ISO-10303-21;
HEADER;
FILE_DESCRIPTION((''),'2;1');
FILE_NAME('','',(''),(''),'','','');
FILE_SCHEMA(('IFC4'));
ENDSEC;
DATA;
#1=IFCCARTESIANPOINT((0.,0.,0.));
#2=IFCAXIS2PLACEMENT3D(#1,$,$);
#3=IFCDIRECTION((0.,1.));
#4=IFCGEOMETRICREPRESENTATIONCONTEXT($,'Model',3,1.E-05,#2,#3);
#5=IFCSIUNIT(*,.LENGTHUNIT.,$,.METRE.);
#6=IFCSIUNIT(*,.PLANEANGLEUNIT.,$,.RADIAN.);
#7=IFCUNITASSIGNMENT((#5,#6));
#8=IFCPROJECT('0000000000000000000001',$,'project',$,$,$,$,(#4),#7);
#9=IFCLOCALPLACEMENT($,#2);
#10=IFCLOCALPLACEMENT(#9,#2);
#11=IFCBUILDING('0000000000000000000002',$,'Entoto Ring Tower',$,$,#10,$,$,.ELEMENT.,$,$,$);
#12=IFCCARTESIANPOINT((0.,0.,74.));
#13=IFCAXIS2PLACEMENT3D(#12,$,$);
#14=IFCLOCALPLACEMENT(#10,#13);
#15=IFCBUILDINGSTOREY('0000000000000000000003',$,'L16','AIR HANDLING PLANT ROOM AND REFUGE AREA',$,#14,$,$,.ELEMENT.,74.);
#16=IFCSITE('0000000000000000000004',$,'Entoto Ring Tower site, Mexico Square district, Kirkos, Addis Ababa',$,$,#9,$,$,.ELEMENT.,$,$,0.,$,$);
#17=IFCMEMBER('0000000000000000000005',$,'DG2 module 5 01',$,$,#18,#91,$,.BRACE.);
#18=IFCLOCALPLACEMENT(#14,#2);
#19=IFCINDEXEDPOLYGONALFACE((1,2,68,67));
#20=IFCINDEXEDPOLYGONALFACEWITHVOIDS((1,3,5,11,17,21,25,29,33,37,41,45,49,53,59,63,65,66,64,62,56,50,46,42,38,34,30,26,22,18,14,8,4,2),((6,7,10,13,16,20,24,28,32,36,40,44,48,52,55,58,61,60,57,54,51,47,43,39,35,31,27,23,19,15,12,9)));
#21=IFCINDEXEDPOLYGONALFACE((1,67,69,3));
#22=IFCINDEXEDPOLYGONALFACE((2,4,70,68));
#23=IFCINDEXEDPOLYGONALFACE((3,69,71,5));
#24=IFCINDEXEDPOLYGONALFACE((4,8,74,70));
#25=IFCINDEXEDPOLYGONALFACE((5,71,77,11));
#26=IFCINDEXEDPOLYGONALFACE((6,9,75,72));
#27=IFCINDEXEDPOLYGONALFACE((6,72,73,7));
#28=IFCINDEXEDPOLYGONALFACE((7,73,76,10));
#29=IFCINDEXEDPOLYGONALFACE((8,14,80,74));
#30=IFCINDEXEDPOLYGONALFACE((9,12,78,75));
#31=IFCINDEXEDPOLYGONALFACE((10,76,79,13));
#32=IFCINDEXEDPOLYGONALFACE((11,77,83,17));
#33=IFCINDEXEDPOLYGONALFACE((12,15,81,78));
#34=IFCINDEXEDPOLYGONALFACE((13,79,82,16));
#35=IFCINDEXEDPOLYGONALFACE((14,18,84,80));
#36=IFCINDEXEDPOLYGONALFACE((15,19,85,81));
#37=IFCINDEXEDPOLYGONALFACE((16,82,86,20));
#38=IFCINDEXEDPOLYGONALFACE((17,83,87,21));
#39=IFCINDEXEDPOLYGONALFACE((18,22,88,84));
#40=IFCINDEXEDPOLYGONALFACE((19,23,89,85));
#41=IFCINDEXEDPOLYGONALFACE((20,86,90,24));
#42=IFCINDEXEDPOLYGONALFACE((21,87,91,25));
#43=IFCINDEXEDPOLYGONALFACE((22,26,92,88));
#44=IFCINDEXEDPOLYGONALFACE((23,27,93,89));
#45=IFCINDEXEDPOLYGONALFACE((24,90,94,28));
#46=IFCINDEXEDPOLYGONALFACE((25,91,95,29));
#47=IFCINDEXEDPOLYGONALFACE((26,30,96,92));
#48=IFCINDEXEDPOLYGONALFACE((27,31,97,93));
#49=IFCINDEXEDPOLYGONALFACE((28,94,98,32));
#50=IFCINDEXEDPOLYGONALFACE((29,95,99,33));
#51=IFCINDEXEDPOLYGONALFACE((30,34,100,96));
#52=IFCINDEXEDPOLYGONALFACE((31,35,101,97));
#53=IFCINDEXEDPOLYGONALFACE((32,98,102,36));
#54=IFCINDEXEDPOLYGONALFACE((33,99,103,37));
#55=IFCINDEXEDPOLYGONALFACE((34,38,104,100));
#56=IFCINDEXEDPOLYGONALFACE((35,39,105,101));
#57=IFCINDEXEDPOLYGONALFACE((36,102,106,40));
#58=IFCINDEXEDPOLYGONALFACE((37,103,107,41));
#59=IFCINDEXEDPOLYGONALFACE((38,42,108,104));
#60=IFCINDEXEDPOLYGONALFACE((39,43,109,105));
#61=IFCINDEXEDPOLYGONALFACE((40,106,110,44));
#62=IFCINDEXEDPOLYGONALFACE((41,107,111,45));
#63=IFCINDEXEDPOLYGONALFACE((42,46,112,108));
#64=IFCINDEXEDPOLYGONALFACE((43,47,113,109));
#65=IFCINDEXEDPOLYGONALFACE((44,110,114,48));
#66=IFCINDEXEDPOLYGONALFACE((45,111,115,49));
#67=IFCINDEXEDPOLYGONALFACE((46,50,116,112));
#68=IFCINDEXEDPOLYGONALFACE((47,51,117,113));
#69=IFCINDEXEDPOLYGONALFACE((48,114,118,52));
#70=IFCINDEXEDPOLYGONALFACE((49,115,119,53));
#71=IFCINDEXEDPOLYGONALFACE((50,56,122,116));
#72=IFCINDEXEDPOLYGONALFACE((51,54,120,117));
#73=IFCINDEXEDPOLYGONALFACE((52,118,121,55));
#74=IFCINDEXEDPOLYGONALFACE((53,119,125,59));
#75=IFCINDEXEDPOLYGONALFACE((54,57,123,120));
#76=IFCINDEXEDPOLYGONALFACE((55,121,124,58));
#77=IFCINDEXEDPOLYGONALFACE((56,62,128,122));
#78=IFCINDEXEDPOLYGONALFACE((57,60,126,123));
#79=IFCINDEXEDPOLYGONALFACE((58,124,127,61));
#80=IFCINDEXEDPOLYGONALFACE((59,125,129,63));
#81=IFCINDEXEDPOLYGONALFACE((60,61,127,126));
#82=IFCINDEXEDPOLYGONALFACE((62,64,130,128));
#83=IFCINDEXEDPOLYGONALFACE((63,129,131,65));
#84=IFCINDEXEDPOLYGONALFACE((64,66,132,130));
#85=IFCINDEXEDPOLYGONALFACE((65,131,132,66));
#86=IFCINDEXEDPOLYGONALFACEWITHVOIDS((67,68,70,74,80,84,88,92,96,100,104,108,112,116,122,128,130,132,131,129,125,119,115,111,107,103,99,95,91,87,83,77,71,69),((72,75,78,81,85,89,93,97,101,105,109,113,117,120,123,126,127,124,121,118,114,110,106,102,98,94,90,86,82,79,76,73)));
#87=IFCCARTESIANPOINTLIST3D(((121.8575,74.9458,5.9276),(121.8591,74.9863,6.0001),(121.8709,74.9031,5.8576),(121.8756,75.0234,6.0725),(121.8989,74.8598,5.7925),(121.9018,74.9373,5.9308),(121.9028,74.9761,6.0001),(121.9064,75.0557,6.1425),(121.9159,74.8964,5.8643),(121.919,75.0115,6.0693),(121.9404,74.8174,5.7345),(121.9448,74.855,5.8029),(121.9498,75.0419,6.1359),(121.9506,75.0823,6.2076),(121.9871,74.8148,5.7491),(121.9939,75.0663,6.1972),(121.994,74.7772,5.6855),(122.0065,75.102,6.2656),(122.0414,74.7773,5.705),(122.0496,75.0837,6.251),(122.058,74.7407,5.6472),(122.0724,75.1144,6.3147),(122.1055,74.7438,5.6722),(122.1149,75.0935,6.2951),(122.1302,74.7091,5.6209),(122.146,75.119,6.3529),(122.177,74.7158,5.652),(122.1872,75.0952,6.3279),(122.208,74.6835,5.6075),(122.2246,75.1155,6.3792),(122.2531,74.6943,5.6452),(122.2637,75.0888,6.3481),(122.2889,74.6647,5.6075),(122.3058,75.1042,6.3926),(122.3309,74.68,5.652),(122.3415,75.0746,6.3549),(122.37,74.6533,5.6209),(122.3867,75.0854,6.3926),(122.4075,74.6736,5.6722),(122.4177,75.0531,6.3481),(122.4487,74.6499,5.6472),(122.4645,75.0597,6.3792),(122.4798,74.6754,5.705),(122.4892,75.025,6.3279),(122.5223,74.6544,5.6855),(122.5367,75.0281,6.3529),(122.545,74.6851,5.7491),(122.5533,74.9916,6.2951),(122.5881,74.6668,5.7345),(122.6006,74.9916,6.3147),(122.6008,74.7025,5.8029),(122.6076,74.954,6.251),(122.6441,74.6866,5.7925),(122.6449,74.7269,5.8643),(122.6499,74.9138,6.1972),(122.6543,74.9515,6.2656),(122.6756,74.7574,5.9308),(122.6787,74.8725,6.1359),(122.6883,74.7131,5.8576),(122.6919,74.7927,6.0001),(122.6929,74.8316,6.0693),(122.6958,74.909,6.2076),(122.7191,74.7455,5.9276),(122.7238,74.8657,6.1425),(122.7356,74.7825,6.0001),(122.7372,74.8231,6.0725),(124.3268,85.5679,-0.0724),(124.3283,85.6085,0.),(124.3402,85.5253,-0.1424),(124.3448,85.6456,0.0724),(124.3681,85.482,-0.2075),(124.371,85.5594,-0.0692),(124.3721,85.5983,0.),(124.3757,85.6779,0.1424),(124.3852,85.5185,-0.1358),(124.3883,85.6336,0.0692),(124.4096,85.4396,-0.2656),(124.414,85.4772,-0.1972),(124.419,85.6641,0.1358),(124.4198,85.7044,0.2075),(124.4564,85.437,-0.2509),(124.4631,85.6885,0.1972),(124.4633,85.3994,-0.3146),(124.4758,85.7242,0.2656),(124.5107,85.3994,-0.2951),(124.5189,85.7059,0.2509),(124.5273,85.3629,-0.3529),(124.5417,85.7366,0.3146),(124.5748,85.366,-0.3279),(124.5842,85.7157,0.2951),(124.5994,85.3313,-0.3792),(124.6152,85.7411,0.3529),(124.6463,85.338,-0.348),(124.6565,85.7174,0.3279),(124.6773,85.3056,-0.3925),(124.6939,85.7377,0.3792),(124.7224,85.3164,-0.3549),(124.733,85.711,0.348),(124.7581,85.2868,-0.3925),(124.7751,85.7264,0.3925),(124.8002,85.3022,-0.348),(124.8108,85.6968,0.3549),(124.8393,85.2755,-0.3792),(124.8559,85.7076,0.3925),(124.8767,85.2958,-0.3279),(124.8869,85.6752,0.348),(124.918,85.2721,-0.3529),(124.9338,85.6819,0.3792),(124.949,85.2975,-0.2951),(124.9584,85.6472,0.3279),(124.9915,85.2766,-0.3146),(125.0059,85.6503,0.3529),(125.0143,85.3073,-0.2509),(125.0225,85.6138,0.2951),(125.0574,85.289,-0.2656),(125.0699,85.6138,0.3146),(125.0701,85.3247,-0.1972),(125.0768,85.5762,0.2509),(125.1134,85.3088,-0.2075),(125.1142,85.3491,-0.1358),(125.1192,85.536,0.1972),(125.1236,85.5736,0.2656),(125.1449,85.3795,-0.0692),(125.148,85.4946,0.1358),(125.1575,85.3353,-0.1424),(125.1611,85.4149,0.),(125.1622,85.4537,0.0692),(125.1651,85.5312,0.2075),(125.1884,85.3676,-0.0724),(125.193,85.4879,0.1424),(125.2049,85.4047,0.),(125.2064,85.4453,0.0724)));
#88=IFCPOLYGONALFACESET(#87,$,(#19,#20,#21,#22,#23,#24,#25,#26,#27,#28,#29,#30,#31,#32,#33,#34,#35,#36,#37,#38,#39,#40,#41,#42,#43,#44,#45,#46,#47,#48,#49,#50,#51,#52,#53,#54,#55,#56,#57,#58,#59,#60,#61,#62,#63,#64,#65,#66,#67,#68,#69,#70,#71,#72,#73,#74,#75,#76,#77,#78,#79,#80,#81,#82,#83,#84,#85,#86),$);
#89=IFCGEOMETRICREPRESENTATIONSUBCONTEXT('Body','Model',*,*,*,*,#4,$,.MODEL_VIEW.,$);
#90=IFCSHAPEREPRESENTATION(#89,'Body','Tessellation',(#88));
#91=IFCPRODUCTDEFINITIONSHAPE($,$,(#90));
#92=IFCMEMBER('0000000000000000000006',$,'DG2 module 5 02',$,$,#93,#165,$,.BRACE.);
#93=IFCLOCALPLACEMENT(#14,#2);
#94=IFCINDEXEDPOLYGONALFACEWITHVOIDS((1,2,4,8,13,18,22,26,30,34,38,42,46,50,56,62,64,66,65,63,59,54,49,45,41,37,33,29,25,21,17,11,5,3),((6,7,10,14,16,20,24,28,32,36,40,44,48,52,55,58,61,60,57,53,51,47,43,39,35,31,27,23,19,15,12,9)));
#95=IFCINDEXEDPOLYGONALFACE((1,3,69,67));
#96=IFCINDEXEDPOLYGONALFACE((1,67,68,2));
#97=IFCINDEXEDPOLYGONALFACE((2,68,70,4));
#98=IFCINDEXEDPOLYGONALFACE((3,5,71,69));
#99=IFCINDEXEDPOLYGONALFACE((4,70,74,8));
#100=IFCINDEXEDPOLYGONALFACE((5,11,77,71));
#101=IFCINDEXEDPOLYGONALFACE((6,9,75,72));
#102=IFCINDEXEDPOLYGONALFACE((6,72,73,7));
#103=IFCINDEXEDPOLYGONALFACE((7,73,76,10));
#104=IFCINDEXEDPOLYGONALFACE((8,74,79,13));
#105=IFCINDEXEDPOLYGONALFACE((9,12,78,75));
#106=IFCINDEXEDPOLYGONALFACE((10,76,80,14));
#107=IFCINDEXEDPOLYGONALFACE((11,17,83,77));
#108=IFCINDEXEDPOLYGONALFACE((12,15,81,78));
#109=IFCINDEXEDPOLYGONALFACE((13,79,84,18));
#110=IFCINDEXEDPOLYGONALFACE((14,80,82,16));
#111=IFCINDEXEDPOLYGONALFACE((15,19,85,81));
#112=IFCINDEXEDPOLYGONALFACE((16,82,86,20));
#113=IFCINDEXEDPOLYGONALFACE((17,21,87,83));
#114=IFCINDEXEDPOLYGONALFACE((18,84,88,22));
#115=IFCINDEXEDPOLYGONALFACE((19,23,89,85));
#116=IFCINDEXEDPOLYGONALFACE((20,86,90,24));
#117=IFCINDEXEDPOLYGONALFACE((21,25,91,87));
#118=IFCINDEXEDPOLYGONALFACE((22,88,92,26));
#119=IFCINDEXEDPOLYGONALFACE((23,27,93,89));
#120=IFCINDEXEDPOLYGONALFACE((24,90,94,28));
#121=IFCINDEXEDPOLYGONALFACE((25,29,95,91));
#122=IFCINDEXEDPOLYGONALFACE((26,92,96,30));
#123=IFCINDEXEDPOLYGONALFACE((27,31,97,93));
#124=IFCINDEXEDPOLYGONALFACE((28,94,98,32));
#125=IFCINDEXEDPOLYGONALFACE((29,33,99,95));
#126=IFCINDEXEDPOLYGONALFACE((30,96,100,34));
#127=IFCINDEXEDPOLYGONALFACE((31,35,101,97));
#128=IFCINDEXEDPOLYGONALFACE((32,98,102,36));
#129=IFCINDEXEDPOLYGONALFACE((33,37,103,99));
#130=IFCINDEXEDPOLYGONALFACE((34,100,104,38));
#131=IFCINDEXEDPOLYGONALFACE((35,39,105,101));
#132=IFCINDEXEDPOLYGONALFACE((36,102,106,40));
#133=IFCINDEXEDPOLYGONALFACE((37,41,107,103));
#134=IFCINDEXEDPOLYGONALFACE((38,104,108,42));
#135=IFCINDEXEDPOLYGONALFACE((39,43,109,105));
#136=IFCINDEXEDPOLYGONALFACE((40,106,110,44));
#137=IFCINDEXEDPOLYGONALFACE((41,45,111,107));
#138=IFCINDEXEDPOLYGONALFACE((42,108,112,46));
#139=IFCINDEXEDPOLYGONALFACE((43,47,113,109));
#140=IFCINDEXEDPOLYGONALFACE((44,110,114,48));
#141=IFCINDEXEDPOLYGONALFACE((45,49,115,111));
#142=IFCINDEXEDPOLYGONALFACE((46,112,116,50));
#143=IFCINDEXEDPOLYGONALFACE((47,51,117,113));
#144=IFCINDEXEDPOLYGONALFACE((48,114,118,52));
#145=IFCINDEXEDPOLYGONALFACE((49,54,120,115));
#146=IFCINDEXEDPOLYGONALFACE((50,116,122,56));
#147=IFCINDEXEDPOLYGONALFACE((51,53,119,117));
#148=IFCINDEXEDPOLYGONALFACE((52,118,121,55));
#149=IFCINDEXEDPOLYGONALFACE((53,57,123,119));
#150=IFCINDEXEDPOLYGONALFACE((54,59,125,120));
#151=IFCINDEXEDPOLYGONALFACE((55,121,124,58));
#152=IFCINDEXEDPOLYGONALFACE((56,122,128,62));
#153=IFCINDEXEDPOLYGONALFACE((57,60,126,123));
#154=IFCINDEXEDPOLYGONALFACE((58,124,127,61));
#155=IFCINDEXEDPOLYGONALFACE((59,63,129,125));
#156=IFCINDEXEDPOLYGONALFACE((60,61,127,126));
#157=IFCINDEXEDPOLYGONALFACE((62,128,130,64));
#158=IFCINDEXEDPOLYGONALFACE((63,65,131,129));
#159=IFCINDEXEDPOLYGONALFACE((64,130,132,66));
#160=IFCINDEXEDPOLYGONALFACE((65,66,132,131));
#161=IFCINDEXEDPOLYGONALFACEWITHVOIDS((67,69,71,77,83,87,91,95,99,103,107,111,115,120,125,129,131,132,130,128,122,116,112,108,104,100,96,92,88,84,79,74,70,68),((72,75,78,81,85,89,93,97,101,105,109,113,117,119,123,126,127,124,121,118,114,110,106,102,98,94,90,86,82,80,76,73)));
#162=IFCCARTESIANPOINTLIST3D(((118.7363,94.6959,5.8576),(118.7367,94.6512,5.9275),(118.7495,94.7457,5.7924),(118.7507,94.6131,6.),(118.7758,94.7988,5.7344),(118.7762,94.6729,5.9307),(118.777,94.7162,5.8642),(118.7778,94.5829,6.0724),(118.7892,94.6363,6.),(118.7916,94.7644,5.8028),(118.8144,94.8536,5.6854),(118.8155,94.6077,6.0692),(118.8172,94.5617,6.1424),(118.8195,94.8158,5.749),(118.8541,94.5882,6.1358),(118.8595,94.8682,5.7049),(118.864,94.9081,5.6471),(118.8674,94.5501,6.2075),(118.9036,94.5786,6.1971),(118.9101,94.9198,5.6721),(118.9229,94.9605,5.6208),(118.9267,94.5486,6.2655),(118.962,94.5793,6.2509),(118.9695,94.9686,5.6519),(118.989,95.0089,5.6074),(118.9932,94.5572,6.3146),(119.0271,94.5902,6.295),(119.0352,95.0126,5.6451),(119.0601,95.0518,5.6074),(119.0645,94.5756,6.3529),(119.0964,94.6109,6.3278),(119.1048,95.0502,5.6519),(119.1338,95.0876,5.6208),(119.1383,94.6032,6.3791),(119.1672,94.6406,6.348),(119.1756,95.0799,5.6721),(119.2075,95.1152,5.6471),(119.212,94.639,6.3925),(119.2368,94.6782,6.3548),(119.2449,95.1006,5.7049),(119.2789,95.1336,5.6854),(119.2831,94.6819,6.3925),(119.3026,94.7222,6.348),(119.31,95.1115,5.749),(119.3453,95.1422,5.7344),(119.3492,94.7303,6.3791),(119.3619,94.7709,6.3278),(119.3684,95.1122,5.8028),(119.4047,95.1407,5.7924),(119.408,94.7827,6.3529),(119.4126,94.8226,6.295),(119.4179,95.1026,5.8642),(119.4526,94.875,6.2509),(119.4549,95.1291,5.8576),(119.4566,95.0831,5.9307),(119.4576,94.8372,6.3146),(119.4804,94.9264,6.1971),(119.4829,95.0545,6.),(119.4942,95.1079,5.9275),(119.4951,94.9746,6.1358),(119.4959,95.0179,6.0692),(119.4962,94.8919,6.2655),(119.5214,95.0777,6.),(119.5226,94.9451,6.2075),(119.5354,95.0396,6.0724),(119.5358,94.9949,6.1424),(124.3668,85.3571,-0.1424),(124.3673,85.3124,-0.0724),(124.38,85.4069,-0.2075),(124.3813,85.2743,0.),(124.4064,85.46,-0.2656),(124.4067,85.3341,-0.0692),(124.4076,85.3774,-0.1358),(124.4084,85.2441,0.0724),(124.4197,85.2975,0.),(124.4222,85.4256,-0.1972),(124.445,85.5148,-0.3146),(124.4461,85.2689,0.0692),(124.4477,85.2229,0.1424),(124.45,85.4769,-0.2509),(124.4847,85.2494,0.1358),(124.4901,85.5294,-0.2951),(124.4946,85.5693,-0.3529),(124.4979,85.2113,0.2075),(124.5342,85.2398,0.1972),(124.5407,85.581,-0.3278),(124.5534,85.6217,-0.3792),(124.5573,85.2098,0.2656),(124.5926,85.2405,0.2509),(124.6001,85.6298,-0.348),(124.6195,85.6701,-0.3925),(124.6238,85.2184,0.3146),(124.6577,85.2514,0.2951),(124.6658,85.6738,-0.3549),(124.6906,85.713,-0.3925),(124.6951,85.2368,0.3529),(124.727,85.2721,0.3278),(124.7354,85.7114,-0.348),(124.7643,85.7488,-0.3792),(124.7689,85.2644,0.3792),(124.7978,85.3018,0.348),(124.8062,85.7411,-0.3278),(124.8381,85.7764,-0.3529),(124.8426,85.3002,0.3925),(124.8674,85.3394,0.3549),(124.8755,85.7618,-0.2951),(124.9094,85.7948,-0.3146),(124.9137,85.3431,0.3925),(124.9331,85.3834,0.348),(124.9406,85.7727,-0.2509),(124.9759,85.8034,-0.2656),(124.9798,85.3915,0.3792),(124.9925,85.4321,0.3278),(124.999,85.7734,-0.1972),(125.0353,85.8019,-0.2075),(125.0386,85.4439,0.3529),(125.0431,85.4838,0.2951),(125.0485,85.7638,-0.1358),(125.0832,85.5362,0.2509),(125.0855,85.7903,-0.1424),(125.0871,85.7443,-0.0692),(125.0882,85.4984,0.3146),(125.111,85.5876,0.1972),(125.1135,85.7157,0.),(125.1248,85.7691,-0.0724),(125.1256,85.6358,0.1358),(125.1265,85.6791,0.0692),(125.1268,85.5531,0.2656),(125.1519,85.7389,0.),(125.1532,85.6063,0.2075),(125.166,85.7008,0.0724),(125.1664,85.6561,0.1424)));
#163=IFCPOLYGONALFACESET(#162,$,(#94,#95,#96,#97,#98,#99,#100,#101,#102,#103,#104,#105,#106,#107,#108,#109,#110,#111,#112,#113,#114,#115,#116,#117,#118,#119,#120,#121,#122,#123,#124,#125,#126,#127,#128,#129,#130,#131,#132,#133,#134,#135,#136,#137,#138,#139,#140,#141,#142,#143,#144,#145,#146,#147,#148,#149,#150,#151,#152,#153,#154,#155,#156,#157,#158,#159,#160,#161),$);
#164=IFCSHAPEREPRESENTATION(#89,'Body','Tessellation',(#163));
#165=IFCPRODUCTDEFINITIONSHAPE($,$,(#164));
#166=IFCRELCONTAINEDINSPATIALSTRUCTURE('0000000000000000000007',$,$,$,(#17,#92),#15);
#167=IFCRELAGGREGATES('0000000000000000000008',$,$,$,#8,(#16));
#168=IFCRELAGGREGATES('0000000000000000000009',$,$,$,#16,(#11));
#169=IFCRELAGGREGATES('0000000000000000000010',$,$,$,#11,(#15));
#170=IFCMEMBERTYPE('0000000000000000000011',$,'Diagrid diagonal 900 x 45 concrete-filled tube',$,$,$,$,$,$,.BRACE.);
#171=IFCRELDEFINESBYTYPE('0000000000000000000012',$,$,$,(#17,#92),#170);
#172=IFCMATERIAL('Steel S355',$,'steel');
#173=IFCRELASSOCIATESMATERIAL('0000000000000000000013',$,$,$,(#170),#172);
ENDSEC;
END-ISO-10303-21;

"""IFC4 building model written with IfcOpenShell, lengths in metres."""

from ifc_helpers import new_model, si_unit, direction, frame, origin, origin_2d, place, context, subcontext, project, spatial, circle, hollow_circle, extrude, material, material_profile, profile_set, type_object, element, save


model = new_model("IFC4")

# Units and contexts
model_context = context("Model", 3, precision=1e-05, world=origin(), true_north=direction((0.0, 1.0)))
body_context = subcontext(model_context, "Body", "Model", "MODEL_VIEW")
ifc_project = project(units=[si_unit("LENGTHUNIT", "METRE"), si_unit("PLANEANGLEUNIT", "RADIAN")], contexts=[model_context])

# Site, building, storey
site_placement = place(None, origin())
site = spatial("IfcSite", under=ifc_project, at=site_placement, Name="Entoto Ring Tower site, Mexico Square district, Kirkos, Addis Ababa", CompositionType="ELEMENT", RefElevation=0.0)
building_placement = place(site_placement, origin())
building = spatial("IfcBuilding", under=site, at=building_placement, Name="Entoto Ring Tower", CompositionType="ELEMENT")
storey_placement = place(building_placement, frame((0.0, 0.0, 74.0)))
storey = spatial("IfcBuildingStorey", under=building, at=storey_placement, Name="L16", Description="AIR HANDLING PLANT ROOM AND REFUGE AREA", CompositionType="ELEMENT", Elevation=74.0)

# Members
ifc_material_1 = material(Name="Steel S355", Category="steel")
ifc_material_profile_1 = material_profile(ifc_material_1, hollow_circle(Radius=0.45, WallThickness=0.0449, at=origin_2d()), Name="CHS 900 x 45")
ifc_material_2 = material(Name="Concrete C60/75", Category="concrete")
ifc_material_profile_2 = material_profile(ifc_material_2, circle(Radius=0.405, at=origin_2d()), Name="Concrete C60/75 infill")
ifc_profile_set_1 = profile_set([ifc_material_profile_1, ifc_material_profile_2], Name="Steel S355")
member_type_1 = type_object("IfcMemberType", Name="Diagrid diagonal 900 x 45 concrete-filled tube", PredefinedType="BRACE", material=ifc_profile_set_1)
member_1_placement = place(storey_placement, frame((124.7666, 85.5066, 0.0), z_axis=(-0.198382, -0.85339, 0.482047), x_axis=(0.974028, -0.226426, 0.0)))
element("IfcMember", 1, at=member_1_placement, inside=storey, type_object=member_type_1, Name="DG2 module 5 01", PredefinedType="BRACE", context=body_context, shape_type="SweptSolid", body=[
    extrude(hollow_circle(Radius=0.45, WallThickness=0.0449, at=origin_2d()), origin(), (0.0, 0.0, 1.0), 12.447),
])
member_2_placement = place(storey_placement, frame((124.7666, 85.5066, 0.0), z_axis=(-0.452381, 0.750314, 0.482059), x_axis=(-0.856387, -0.516335, 0.0)))
element("IfcMember", 2, at=member_2_placement, inside=storey, type_object=member_type_1, Name="DG2 module 5 02", PredefinedType="BRACE", context=body_context, shape_type="SweptSolid", body=[
    extrude(hollow_circle(Radius=0.45, WallThickness=0.0449, at=origin_2d()), origin(), (0.0, 0.0, 1.0), 12.4465),
])

save(model, "model.ifc")
